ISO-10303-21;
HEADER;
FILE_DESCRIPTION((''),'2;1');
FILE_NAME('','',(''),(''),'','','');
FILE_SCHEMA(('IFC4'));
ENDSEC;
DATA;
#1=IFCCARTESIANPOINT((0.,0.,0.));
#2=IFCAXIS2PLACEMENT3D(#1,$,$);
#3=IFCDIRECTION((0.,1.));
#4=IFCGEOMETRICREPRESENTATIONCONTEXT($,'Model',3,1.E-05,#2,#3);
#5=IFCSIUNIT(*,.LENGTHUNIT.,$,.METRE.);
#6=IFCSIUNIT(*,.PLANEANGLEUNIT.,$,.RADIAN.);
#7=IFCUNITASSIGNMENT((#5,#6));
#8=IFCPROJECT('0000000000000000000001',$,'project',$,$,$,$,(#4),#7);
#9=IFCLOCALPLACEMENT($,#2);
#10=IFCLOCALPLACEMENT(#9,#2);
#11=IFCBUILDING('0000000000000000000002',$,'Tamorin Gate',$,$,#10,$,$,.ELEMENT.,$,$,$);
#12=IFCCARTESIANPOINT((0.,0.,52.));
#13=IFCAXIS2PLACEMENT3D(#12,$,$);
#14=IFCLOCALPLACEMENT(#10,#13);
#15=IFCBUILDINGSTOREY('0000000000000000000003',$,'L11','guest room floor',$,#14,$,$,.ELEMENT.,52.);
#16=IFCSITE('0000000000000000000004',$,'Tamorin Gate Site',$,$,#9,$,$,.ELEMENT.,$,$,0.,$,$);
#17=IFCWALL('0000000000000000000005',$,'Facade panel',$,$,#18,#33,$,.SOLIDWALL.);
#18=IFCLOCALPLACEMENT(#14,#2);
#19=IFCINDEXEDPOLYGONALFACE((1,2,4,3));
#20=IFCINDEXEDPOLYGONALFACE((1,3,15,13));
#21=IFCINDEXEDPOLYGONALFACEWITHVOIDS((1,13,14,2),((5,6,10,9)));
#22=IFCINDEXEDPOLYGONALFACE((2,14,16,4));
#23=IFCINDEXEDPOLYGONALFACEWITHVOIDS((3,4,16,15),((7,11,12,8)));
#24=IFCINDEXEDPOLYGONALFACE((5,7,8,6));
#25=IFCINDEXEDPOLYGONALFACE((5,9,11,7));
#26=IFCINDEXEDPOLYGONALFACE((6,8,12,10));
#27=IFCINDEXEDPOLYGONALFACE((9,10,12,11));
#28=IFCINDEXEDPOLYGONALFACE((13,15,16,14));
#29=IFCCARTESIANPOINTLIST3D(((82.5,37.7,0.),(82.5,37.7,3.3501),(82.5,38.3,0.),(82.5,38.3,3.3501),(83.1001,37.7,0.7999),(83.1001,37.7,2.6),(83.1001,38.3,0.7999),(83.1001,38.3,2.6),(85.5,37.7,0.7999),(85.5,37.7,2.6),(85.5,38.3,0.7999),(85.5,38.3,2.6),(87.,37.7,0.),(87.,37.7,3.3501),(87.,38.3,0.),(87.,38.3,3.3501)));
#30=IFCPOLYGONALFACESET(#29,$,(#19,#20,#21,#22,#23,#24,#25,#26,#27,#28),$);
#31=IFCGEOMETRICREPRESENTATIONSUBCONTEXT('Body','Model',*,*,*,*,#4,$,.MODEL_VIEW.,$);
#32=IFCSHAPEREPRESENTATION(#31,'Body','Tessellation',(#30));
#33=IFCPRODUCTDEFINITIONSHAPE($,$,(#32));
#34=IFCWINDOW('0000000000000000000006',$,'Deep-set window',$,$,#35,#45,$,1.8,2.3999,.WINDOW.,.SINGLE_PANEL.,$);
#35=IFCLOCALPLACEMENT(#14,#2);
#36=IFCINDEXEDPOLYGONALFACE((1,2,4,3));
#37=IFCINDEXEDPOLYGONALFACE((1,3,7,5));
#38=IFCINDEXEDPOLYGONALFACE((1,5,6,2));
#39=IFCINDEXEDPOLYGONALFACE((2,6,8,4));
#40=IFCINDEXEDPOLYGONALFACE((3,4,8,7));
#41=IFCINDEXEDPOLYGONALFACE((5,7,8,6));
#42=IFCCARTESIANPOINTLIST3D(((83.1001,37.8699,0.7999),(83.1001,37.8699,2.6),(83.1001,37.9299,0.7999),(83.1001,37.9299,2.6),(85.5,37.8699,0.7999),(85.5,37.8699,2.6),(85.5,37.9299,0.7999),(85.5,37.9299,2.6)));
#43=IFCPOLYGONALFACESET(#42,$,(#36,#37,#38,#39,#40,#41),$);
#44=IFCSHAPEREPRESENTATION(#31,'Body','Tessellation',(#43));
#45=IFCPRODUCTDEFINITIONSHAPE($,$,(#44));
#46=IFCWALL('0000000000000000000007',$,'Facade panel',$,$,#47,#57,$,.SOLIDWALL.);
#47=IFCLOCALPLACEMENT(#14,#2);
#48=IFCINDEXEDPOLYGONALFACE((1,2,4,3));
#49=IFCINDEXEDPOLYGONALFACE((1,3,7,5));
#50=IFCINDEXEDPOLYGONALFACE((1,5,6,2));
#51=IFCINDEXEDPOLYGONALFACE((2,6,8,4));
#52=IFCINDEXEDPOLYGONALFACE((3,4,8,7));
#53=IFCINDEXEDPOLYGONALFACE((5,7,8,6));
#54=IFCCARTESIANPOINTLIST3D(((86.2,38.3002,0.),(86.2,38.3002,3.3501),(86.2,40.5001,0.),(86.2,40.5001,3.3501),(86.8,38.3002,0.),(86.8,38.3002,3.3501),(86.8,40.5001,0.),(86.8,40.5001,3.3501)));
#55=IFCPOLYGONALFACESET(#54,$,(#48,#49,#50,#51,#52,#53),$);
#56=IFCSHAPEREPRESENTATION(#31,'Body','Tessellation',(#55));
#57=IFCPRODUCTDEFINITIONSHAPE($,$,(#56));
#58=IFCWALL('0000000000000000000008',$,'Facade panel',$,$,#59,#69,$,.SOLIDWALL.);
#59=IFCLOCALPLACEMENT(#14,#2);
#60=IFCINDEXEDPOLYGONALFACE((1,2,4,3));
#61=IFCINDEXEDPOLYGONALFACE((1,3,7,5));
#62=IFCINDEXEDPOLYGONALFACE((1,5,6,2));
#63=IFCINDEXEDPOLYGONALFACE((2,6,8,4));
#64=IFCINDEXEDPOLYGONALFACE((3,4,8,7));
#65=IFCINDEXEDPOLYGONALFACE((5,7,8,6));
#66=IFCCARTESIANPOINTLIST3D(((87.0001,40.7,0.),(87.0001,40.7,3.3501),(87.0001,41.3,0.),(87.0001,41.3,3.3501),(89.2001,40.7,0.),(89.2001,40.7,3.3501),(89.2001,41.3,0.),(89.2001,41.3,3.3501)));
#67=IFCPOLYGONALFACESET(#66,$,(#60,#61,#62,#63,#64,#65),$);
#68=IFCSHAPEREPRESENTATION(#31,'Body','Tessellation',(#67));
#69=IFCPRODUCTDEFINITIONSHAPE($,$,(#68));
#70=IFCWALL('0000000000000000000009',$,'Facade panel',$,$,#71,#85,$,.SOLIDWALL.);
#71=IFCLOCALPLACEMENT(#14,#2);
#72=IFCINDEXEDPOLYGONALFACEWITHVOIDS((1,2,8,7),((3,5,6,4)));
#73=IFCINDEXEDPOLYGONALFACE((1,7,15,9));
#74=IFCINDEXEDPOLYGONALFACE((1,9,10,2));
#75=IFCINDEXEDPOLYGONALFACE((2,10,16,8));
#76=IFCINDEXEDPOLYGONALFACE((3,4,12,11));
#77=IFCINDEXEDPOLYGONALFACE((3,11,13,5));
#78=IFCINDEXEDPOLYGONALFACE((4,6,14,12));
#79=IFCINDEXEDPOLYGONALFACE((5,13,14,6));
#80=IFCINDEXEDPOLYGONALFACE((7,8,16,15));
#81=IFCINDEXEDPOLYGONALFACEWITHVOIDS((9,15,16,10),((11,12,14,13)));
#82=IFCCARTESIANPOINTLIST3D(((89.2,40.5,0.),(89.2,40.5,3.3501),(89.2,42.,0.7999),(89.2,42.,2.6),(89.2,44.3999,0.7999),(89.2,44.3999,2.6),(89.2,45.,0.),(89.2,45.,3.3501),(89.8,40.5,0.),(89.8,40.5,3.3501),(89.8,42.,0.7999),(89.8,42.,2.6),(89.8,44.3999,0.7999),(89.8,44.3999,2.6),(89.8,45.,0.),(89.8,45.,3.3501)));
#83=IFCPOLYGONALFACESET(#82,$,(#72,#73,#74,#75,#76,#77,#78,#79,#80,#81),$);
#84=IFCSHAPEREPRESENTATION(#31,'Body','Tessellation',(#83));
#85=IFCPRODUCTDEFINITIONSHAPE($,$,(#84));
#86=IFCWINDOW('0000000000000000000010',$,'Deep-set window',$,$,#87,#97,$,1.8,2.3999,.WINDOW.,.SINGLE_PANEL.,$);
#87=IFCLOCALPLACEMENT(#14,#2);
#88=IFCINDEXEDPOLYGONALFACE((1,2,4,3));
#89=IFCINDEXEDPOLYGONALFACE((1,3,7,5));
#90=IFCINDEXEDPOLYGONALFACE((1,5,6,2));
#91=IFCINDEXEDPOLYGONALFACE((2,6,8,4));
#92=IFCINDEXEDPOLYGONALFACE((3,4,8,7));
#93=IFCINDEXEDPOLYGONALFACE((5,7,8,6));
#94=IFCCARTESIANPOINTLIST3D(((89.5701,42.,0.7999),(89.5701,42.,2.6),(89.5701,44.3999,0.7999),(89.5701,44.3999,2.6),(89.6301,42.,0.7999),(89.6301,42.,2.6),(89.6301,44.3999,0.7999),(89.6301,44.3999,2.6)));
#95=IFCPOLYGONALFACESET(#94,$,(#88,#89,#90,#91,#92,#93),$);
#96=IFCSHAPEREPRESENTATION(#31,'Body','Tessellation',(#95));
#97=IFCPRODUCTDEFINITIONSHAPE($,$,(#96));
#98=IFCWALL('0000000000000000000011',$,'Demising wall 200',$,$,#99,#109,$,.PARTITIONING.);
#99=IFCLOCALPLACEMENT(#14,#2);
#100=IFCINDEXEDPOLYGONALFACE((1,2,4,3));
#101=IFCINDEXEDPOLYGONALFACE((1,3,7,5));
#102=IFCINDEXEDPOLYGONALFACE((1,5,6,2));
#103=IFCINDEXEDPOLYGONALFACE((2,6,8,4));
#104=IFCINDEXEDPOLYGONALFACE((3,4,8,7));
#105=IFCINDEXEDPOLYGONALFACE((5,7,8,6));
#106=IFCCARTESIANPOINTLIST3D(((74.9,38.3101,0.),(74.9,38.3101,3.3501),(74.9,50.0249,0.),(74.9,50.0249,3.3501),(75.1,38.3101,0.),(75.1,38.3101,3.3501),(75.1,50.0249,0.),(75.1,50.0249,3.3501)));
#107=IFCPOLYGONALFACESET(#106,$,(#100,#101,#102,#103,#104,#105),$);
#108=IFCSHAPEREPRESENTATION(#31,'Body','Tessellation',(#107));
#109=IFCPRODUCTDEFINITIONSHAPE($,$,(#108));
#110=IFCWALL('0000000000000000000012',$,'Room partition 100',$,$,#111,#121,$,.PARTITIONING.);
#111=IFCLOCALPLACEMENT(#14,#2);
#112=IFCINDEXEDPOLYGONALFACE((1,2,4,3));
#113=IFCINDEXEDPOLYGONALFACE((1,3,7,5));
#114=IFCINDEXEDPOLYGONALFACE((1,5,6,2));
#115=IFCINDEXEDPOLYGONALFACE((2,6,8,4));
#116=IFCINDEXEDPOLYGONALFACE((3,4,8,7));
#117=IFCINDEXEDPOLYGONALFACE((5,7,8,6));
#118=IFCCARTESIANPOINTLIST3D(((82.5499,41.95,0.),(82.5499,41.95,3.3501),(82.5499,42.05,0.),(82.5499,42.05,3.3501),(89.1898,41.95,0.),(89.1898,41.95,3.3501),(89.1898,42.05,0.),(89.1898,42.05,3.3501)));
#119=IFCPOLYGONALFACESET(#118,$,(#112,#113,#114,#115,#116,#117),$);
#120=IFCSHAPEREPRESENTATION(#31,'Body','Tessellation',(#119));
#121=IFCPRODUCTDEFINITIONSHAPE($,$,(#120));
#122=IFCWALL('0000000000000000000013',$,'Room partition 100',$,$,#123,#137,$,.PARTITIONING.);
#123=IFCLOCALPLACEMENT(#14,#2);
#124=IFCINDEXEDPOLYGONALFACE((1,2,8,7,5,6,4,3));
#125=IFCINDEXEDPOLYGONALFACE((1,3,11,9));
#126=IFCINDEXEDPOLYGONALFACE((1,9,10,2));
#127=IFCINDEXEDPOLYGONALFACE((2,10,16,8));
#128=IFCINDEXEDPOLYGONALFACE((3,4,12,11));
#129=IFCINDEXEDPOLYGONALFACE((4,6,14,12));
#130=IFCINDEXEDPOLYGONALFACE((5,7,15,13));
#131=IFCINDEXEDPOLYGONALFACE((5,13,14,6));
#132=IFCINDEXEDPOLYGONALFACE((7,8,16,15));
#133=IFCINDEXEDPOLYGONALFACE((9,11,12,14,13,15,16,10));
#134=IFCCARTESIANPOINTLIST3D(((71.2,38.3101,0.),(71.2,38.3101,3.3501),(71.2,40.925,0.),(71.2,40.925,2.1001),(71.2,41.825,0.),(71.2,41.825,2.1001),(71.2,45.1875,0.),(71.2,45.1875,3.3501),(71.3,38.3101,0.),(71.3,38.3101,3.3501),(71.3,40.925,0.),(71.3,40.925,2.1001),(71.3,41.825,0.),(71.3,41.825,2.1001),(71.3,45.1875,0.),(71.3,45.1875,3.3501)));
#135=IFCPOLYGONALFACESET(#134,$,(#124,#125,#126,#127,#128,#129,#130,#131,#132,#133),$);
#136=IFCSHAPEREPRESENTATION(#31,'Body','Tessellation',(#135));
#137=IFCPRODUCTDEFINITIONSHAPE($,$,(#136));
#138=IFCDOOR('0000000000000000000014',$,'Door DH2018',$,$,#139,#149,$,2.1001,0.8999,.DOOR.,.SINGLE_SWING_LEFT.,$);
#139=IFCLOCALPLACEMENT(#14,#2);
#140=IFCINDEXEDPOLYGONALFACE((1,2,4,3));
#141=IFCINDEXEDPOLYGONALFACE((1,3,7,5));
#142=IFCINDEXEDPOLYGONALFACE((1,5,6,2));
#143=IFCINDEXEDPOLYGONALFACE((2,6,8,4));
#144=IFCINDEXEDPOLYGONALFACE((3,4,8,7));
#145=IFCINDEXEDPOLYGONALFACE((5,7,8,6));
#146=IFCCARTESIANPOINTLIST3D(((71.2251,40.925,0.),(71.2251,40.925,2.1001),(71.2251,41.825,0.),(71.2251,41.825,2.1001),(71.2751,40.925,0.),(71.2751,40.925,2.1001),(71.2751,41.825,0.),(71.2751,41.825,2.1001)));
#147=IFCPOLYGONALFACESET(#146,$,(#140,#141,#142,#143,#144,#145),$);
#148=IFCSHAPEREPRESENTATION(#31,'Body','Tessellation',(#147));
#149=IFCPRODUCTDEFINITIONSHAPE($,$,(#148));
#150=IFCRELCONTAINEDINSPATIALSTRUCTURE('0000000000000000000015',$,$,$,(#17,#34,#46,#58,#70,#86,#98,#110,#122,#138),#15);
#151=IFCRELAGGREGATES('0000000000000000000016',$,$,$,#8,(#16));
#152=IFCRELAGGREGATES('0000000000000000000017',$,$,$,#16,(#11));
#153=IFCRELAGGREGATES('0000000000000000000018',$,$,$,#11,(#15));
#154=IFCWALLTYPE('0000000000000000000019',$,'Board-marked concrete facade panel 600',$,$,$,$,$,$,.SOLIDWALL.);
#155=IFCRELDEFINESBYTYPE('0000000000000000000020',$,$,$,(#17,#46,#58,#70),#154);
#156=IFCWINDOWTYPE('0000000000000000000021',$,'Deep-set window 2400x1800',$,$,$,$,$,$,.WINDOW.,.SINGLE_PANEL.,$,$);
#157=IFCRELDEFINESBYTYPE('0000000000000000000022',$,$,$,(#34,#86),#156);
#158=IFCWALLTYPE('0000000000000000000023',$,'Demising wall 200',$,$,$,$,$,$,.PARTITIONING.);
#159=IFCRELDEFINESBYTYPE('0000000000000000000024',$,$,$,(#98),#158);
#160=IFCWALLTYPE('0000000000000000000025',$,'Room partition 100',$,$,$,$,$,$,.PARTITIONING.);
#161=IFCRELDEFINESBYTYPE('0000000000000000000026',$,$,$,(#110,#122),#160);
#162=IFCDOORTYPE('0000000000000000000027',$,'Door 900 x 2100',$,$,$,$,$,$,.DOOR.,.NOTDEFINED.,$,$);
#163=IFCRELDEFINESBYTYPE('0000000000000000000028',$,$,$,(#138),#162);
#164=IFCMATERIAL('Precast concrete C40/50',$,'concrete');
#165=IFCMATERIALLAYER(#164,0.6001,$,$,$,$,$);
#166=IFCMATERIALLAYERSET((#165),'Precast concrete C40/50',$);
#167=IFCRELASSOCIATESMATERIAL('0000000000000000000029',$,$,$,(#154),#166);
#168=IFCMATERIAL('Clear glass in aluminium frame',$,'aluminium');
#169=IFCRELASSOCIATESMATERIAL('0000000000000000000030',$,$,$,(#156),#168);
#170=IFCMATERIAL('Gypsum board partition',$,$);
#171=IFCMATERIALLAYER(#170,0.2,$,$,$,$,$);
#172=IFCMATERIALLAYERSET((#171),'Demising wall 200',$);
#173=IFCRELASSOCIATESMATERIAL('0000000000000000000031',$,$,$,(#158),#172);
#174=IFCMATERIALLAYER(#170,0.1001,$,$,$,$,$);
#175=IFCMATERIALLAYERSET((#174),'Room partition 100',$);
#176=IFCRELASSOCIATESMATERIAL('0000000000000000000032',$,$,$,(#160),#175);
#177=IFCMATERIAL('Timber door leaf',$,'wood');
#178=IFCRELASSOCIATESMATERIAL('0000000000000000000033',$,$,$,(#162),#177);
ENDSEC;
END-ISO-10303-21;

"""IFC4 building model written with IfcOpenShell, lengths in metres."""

from ifc_helpers import new_model, si_unit, direction, frame, frame_2d, origin, place, context, subcontext, project, spatial, rectangle, extrude, material, layer, layer_set, type_object, element, fill, save


model = new_model("IFC4")

# Units and contexts
model_context = context("Model", 3, precision=1e-05, world=origin(), true_north=direction((0.0, 1.0)))
body_context = subcontext(model_context, "Body", "Model", "MODEL_VIEW")
ifc_project = project(units=[si_unit("LENGTHUNIT", "METRE"), si_unit("PLANEANGLEUNIT", "RADIAN")], contexts=[model_context])

# Site, building, storey
site_placement = place(None, origin())
site = spatial("IfcSite", under=ifc_project, at=site_placement, Name="Tamorin Gate Site", CompositionType="ELEMENT", RefElevation=0.0)
building_placement = place(site_placement, origin())
building = spatial("IfcBuilding", under=site, at=building_placement, Name="Tamorin Gate", CompositionType="ELEMENT")
storey_placement = place(building_placement, frame((0.0, 0.0, 52.0)))
storey = spatial("IfcBuildingStorey", under=building, at=storey_placement, Name="L11", Description="guest room floor", CompositionType="ELEMENT", Elevation=52.0)

# Shared definitions
ifc_material_1 = material(Name="Precast concrete C40/50", Category="concrete")
ifc_layer_1 = layer(ifc_material_1, 0.6001)
ifc_layer_set_1 = layer_set([ifc_layer_1], Name="Precast concrete C40/50")
wall_type_1 = type_object("IfcWallType", Name="Board-marked concrete facade panel 600", PredefinedType="SOLIDWALL", material=ifc_layer_set_1)
ifc_material_2 = material(Name="Clear glass in aluminium frame", Category="aluminium")
window_type = type_object("IfcWindowType", Name="Deep-set window 2400x1800", PartitioningType="SINGLE_PANEL", PredefinedType="WINDOW", material=ifc_material_2)

# Wall, opening, window
wall_1_placement = place(storey_placement, frame((82.5, 38.0, 0.0), z_axis=(0.0, 0.0, 1.0), x_axis=(1.0, 0.0, 0.0)))
wall_1 = element("IfcWall", 1, at=wall_1_placement, inside=storey, type_object=wall_type_1, Name="Facade panel", PredefinedType="SOLIDWALL", context=body_context, shape_type="SweptSolid", body=[
    extrude(rectangle(XDim=4.5, YDim=0.6001, at=frame_2d((2.25, 0.0))), origin(), (0.0, 0.0, 1.0), 3.3501),
])
opening_1_placement = place(wall_1_placement, frame((0.6001, 0.0, 0.8)))
opening_1 = element("IfcOpeningElement", 2, at=opening_1_placement, cuts=wall_1, PredefinedType="OPENING", context=body_context, shape_type="SweptSolid", body=[
    extrude(rectangle(XDim=2.3999, YDim=1.8, at=frame_2d((1.2, 0.8999))), frame((0.0, 0.3101, 0.0), z_axis=(0.0, -1.0, 0.0), x_axis=(1.0, 0.0, 0.0)), (0.0, 0.0, 1.0), 0.6201),
])
window_1_placement = place(opening_1_placement, origin())
window_1 = element("IfcWindow", 3, at=window_1_placement, inside=storey, type_object=window_type, Name="Deep-set window", OverallHeight=1.8, OverallWidth=2.3999, PartitioningType="SINGLE_PANEL", PredefinedType="WINDOW", context=body_context, shape_type="SweptSolid", body=[
    extrude(rectangle(XDim=2.3999, YDim=1.8, at=frame_2d((1.2, 0.8999))), frame((0.0, -0.0701, 0.0), z_axis=(0.0, -1.0, 0.0), x_axis=(1.0, 0.0, 0.0)), (0.0, 0.0, 1.0), 0.0601),
])
fill(opening_1, window_1)

# Walls
for number, where, z_axis, x_axis, name in (
    (4, (86.5, 38.3, 0.0), (0.0, 0.0, 1.0), (0.0, 1.0, 0.0), "Facade panel"),
    (5, (87.0, 41.0, 0.0), (0.0, 0.0, 1.0), (1.0, 0.0, 0.0), "Facade panel"),
):
    element("IfcWall", number, at=place(storey_placement, frame(where, z_axis=z_axis, x_axis=x_axis)), inside=storey, type_object=wall_type_1, Name=name, PredefinedType="SOLIDWALL", context=body_context, shape_type="SweptSolid", body=[
        extrude(rectangle(XDim=2.2, YDim=0.6001, at=frame_2d((1.1001, 0.0))), origin(), (0.0, 0.0, 1.0), 3.3501),
    ])

# Wall, opening, window
wall_2_placement = place(storey_placement, frame((89.5, 40.5, 0.0), z_axis=(0.0, 0.0, 1.0), x_axis=(0.0, 1.0, 0.0)))
wall_2 = element("IfcWall", 6, at=wall_2_placement, inside=storey, type_object=wall_type_1, Name="Facade panel", PredefinedType="SOLIDWALL", context=body_context, shape_type="SweptSolid", body=[
    extrude(rectangle(XDim=4.5, YDim=0.6001, at=frame_2d((2.25, 0.0))), origin(), (0.0, 0.0, 1.0), 3.3501),
])
opening_2_placement = place(wall_2_placement, frame((1.5, 0.0, 0.8)))
opening_2 = element("IfcOpeningElement", 7, at=opening_2_placement, cuts=wall_2, PredefinedType="OPENING", context=body_context, shape_type="SweptSolid", body=[
    extrude(rectangle(XDim=2.3999, YDim=1.8, at=frame_2d((1.2, 0.8999))), frame((0.0, 0.3101, 0.0), z_axis=(0.0, -1.0, 0.0), x_axis=(1.0, 0.0, 0.0)), (0.0, 0.0, 1.0), 0.6201),
])
window_2_placement = place(opening_2_placement, origin())
window_2 = element("IfcWindow", 8, at=window_2_placement, inside=storey, type_object=window_type, Name="Deep-set window", OverallHeight=1.8, OverallWidth=2.3999, PartitioningType="SINGLE_PANEL", PredefinedType="WINDOW", context=body_context, shape_type="SweptSolid", body=[
    extrude(rectangle(XDim=2.3999, YDim=1.8, at=frame_2d((1.2, 0.8999))), frame((0.0, -0.0701, 0.0), z_axis=(0.0, -1.0, 0.0), x_axis=(1.0, 0.0, 0.0)), (0.0, 0.0, 1.0), 0.0601),
])
fill(opening_2, window_2)

# Walls
ifc_material_3 = material(Name="Gypsum board partition")
ifc_layer_2 = layer(ifc_material_3, 0.2)
ifc_layer_set_2 = layer_set([ifc_layer_2], Name="Demising wall 200")
wall_type_2 = type_object("IfcWallType", Name="Demising wall 200", PredefinedType="PARTITIONING", material=ifc_layer_set_2)
wall_3_placement = place(storey_placement, frame((75.0, 38.3101, 0.0), z_axis=(0.0, 0.0, 1.0), x_axis=(0.0, 1.0, 0.0)))
element("IfcWall", 9, at=wall_3_placement, inside=storey, type_object=wall_type_2, Name="Demising wall 200", PredefinedType="PARTITIONING", context=body_context, shape_type="SweptSolid", body=[
    extrude(rectangle(XDim=11.7148, YDim=0.2, at=frame_2d((5.8574, 0.0))), origin(), (0.0, 0.0, 1.0), 3.3501),
])
ifc_layer_3 = layer(ifc_material_3, 0.1001)
ifc_layer_set_3 = layer_set([ifc_layer_3], Name="Room partition 100")
wall_type_3 = type_object("IfcWallType", Name="Room partition 100", PredefinedType="PARTITIONING", material=ifc_layer_set_3)
wall_4_placement = place(storey_placement, frame((82.55, 42.0, 0.0), z_axis=(0.0, 0.0, 1.0), x_axis=(1.0, 0.0, 0.0)))
element("IfcWall", 10, at=wall_4_placement, inside=storey, type_object=wall_type_3, Name="Room partition 100", PredefinedType="PARTITIONING", context=body_context, shape_type="SweptSolid", body=[
    extrude(rectangle(XDim=6.6399, YDim=0.1001, at=frame_2d((3.3198, 0.0))), origin(), (0.0, 0.0, 1.0), 3.3501),
])

# Wall, opening, door
wall_5_placement = place(storey_placement, frame((71.25, 38.3101, 0.0), z_axis=(0.0, 0.0, 1.0), x_axis=(0.0, 1.0, 0.0)))
wall_5 = element("IfcWall", 11, at=wall_5_placement, inside=storey, type_object=wall_type_3, Name="Room partition 100", PredefinedType="PARTITIONING", context=body_context, shape_type="SweptSolid", body=[
    extrude(rectangle(XDim=6.8774, YDim=0.1001, at=frame_2d((3.4387, 0.0))), origin(), (0.0, 0.0, 1.0), 3.3501),
])
opening_3_placement = place(wall_5_placement, frame((2.615, 0.0, 0.0)))
opening_3 = element("IfcOpeningElement", 12, at=opening_3_placement, cuts=wall_5, PredefinedType="OPENING", context=body_context, shape_type="SweptSolid", body=[
    extrude(rectangle(XDim=0.8999, YDim=2.1001, at=frame_2d((0.45, 1.05))), frame((0.0, 0.0601, 0.0), z_axis=(0.0, -1.0, 0.0), x_axis=(1.0, 0.0, 0.0)), (0.0, 0.0, 1.0), 0.1201),
])
ifc_material_4 = material(Name="Timber door leaf", Category="wood")
door_type = type_object("IfcDoorType", Name="Door 900 x 2100", OperationType="NOTDEFINED", PredefinedType="DOOR", material=ifc_material_4)
door_1_placement = place(opening_3_placement, origin())
door_1 = element("IfcDoor", 13, at=door_1_placement, inside=storey, type_object=door_type, Name="Door DH2018", OperationType="SINGLE_SWING_LEFT", OverallHeight=2.1001, OverallWidth=0.8999, PredefinedType="DOOR", context=body_context, shape_type="SweptSolid", body=[
    extrude(rectangle(XDim=0.8999, YDim=2.1001, at=frame_2d((0.45, 1.05))), frame((0.0, 0.0249, 0.0), z_axis=(0.0, -1.0, 0.0), x_axis=(1.0, 0.0, 0.0)), (0.0, 0.0, 1.0), 0.05),
])
fill(opening_3, door_1)

save(model, "model.ifc")
